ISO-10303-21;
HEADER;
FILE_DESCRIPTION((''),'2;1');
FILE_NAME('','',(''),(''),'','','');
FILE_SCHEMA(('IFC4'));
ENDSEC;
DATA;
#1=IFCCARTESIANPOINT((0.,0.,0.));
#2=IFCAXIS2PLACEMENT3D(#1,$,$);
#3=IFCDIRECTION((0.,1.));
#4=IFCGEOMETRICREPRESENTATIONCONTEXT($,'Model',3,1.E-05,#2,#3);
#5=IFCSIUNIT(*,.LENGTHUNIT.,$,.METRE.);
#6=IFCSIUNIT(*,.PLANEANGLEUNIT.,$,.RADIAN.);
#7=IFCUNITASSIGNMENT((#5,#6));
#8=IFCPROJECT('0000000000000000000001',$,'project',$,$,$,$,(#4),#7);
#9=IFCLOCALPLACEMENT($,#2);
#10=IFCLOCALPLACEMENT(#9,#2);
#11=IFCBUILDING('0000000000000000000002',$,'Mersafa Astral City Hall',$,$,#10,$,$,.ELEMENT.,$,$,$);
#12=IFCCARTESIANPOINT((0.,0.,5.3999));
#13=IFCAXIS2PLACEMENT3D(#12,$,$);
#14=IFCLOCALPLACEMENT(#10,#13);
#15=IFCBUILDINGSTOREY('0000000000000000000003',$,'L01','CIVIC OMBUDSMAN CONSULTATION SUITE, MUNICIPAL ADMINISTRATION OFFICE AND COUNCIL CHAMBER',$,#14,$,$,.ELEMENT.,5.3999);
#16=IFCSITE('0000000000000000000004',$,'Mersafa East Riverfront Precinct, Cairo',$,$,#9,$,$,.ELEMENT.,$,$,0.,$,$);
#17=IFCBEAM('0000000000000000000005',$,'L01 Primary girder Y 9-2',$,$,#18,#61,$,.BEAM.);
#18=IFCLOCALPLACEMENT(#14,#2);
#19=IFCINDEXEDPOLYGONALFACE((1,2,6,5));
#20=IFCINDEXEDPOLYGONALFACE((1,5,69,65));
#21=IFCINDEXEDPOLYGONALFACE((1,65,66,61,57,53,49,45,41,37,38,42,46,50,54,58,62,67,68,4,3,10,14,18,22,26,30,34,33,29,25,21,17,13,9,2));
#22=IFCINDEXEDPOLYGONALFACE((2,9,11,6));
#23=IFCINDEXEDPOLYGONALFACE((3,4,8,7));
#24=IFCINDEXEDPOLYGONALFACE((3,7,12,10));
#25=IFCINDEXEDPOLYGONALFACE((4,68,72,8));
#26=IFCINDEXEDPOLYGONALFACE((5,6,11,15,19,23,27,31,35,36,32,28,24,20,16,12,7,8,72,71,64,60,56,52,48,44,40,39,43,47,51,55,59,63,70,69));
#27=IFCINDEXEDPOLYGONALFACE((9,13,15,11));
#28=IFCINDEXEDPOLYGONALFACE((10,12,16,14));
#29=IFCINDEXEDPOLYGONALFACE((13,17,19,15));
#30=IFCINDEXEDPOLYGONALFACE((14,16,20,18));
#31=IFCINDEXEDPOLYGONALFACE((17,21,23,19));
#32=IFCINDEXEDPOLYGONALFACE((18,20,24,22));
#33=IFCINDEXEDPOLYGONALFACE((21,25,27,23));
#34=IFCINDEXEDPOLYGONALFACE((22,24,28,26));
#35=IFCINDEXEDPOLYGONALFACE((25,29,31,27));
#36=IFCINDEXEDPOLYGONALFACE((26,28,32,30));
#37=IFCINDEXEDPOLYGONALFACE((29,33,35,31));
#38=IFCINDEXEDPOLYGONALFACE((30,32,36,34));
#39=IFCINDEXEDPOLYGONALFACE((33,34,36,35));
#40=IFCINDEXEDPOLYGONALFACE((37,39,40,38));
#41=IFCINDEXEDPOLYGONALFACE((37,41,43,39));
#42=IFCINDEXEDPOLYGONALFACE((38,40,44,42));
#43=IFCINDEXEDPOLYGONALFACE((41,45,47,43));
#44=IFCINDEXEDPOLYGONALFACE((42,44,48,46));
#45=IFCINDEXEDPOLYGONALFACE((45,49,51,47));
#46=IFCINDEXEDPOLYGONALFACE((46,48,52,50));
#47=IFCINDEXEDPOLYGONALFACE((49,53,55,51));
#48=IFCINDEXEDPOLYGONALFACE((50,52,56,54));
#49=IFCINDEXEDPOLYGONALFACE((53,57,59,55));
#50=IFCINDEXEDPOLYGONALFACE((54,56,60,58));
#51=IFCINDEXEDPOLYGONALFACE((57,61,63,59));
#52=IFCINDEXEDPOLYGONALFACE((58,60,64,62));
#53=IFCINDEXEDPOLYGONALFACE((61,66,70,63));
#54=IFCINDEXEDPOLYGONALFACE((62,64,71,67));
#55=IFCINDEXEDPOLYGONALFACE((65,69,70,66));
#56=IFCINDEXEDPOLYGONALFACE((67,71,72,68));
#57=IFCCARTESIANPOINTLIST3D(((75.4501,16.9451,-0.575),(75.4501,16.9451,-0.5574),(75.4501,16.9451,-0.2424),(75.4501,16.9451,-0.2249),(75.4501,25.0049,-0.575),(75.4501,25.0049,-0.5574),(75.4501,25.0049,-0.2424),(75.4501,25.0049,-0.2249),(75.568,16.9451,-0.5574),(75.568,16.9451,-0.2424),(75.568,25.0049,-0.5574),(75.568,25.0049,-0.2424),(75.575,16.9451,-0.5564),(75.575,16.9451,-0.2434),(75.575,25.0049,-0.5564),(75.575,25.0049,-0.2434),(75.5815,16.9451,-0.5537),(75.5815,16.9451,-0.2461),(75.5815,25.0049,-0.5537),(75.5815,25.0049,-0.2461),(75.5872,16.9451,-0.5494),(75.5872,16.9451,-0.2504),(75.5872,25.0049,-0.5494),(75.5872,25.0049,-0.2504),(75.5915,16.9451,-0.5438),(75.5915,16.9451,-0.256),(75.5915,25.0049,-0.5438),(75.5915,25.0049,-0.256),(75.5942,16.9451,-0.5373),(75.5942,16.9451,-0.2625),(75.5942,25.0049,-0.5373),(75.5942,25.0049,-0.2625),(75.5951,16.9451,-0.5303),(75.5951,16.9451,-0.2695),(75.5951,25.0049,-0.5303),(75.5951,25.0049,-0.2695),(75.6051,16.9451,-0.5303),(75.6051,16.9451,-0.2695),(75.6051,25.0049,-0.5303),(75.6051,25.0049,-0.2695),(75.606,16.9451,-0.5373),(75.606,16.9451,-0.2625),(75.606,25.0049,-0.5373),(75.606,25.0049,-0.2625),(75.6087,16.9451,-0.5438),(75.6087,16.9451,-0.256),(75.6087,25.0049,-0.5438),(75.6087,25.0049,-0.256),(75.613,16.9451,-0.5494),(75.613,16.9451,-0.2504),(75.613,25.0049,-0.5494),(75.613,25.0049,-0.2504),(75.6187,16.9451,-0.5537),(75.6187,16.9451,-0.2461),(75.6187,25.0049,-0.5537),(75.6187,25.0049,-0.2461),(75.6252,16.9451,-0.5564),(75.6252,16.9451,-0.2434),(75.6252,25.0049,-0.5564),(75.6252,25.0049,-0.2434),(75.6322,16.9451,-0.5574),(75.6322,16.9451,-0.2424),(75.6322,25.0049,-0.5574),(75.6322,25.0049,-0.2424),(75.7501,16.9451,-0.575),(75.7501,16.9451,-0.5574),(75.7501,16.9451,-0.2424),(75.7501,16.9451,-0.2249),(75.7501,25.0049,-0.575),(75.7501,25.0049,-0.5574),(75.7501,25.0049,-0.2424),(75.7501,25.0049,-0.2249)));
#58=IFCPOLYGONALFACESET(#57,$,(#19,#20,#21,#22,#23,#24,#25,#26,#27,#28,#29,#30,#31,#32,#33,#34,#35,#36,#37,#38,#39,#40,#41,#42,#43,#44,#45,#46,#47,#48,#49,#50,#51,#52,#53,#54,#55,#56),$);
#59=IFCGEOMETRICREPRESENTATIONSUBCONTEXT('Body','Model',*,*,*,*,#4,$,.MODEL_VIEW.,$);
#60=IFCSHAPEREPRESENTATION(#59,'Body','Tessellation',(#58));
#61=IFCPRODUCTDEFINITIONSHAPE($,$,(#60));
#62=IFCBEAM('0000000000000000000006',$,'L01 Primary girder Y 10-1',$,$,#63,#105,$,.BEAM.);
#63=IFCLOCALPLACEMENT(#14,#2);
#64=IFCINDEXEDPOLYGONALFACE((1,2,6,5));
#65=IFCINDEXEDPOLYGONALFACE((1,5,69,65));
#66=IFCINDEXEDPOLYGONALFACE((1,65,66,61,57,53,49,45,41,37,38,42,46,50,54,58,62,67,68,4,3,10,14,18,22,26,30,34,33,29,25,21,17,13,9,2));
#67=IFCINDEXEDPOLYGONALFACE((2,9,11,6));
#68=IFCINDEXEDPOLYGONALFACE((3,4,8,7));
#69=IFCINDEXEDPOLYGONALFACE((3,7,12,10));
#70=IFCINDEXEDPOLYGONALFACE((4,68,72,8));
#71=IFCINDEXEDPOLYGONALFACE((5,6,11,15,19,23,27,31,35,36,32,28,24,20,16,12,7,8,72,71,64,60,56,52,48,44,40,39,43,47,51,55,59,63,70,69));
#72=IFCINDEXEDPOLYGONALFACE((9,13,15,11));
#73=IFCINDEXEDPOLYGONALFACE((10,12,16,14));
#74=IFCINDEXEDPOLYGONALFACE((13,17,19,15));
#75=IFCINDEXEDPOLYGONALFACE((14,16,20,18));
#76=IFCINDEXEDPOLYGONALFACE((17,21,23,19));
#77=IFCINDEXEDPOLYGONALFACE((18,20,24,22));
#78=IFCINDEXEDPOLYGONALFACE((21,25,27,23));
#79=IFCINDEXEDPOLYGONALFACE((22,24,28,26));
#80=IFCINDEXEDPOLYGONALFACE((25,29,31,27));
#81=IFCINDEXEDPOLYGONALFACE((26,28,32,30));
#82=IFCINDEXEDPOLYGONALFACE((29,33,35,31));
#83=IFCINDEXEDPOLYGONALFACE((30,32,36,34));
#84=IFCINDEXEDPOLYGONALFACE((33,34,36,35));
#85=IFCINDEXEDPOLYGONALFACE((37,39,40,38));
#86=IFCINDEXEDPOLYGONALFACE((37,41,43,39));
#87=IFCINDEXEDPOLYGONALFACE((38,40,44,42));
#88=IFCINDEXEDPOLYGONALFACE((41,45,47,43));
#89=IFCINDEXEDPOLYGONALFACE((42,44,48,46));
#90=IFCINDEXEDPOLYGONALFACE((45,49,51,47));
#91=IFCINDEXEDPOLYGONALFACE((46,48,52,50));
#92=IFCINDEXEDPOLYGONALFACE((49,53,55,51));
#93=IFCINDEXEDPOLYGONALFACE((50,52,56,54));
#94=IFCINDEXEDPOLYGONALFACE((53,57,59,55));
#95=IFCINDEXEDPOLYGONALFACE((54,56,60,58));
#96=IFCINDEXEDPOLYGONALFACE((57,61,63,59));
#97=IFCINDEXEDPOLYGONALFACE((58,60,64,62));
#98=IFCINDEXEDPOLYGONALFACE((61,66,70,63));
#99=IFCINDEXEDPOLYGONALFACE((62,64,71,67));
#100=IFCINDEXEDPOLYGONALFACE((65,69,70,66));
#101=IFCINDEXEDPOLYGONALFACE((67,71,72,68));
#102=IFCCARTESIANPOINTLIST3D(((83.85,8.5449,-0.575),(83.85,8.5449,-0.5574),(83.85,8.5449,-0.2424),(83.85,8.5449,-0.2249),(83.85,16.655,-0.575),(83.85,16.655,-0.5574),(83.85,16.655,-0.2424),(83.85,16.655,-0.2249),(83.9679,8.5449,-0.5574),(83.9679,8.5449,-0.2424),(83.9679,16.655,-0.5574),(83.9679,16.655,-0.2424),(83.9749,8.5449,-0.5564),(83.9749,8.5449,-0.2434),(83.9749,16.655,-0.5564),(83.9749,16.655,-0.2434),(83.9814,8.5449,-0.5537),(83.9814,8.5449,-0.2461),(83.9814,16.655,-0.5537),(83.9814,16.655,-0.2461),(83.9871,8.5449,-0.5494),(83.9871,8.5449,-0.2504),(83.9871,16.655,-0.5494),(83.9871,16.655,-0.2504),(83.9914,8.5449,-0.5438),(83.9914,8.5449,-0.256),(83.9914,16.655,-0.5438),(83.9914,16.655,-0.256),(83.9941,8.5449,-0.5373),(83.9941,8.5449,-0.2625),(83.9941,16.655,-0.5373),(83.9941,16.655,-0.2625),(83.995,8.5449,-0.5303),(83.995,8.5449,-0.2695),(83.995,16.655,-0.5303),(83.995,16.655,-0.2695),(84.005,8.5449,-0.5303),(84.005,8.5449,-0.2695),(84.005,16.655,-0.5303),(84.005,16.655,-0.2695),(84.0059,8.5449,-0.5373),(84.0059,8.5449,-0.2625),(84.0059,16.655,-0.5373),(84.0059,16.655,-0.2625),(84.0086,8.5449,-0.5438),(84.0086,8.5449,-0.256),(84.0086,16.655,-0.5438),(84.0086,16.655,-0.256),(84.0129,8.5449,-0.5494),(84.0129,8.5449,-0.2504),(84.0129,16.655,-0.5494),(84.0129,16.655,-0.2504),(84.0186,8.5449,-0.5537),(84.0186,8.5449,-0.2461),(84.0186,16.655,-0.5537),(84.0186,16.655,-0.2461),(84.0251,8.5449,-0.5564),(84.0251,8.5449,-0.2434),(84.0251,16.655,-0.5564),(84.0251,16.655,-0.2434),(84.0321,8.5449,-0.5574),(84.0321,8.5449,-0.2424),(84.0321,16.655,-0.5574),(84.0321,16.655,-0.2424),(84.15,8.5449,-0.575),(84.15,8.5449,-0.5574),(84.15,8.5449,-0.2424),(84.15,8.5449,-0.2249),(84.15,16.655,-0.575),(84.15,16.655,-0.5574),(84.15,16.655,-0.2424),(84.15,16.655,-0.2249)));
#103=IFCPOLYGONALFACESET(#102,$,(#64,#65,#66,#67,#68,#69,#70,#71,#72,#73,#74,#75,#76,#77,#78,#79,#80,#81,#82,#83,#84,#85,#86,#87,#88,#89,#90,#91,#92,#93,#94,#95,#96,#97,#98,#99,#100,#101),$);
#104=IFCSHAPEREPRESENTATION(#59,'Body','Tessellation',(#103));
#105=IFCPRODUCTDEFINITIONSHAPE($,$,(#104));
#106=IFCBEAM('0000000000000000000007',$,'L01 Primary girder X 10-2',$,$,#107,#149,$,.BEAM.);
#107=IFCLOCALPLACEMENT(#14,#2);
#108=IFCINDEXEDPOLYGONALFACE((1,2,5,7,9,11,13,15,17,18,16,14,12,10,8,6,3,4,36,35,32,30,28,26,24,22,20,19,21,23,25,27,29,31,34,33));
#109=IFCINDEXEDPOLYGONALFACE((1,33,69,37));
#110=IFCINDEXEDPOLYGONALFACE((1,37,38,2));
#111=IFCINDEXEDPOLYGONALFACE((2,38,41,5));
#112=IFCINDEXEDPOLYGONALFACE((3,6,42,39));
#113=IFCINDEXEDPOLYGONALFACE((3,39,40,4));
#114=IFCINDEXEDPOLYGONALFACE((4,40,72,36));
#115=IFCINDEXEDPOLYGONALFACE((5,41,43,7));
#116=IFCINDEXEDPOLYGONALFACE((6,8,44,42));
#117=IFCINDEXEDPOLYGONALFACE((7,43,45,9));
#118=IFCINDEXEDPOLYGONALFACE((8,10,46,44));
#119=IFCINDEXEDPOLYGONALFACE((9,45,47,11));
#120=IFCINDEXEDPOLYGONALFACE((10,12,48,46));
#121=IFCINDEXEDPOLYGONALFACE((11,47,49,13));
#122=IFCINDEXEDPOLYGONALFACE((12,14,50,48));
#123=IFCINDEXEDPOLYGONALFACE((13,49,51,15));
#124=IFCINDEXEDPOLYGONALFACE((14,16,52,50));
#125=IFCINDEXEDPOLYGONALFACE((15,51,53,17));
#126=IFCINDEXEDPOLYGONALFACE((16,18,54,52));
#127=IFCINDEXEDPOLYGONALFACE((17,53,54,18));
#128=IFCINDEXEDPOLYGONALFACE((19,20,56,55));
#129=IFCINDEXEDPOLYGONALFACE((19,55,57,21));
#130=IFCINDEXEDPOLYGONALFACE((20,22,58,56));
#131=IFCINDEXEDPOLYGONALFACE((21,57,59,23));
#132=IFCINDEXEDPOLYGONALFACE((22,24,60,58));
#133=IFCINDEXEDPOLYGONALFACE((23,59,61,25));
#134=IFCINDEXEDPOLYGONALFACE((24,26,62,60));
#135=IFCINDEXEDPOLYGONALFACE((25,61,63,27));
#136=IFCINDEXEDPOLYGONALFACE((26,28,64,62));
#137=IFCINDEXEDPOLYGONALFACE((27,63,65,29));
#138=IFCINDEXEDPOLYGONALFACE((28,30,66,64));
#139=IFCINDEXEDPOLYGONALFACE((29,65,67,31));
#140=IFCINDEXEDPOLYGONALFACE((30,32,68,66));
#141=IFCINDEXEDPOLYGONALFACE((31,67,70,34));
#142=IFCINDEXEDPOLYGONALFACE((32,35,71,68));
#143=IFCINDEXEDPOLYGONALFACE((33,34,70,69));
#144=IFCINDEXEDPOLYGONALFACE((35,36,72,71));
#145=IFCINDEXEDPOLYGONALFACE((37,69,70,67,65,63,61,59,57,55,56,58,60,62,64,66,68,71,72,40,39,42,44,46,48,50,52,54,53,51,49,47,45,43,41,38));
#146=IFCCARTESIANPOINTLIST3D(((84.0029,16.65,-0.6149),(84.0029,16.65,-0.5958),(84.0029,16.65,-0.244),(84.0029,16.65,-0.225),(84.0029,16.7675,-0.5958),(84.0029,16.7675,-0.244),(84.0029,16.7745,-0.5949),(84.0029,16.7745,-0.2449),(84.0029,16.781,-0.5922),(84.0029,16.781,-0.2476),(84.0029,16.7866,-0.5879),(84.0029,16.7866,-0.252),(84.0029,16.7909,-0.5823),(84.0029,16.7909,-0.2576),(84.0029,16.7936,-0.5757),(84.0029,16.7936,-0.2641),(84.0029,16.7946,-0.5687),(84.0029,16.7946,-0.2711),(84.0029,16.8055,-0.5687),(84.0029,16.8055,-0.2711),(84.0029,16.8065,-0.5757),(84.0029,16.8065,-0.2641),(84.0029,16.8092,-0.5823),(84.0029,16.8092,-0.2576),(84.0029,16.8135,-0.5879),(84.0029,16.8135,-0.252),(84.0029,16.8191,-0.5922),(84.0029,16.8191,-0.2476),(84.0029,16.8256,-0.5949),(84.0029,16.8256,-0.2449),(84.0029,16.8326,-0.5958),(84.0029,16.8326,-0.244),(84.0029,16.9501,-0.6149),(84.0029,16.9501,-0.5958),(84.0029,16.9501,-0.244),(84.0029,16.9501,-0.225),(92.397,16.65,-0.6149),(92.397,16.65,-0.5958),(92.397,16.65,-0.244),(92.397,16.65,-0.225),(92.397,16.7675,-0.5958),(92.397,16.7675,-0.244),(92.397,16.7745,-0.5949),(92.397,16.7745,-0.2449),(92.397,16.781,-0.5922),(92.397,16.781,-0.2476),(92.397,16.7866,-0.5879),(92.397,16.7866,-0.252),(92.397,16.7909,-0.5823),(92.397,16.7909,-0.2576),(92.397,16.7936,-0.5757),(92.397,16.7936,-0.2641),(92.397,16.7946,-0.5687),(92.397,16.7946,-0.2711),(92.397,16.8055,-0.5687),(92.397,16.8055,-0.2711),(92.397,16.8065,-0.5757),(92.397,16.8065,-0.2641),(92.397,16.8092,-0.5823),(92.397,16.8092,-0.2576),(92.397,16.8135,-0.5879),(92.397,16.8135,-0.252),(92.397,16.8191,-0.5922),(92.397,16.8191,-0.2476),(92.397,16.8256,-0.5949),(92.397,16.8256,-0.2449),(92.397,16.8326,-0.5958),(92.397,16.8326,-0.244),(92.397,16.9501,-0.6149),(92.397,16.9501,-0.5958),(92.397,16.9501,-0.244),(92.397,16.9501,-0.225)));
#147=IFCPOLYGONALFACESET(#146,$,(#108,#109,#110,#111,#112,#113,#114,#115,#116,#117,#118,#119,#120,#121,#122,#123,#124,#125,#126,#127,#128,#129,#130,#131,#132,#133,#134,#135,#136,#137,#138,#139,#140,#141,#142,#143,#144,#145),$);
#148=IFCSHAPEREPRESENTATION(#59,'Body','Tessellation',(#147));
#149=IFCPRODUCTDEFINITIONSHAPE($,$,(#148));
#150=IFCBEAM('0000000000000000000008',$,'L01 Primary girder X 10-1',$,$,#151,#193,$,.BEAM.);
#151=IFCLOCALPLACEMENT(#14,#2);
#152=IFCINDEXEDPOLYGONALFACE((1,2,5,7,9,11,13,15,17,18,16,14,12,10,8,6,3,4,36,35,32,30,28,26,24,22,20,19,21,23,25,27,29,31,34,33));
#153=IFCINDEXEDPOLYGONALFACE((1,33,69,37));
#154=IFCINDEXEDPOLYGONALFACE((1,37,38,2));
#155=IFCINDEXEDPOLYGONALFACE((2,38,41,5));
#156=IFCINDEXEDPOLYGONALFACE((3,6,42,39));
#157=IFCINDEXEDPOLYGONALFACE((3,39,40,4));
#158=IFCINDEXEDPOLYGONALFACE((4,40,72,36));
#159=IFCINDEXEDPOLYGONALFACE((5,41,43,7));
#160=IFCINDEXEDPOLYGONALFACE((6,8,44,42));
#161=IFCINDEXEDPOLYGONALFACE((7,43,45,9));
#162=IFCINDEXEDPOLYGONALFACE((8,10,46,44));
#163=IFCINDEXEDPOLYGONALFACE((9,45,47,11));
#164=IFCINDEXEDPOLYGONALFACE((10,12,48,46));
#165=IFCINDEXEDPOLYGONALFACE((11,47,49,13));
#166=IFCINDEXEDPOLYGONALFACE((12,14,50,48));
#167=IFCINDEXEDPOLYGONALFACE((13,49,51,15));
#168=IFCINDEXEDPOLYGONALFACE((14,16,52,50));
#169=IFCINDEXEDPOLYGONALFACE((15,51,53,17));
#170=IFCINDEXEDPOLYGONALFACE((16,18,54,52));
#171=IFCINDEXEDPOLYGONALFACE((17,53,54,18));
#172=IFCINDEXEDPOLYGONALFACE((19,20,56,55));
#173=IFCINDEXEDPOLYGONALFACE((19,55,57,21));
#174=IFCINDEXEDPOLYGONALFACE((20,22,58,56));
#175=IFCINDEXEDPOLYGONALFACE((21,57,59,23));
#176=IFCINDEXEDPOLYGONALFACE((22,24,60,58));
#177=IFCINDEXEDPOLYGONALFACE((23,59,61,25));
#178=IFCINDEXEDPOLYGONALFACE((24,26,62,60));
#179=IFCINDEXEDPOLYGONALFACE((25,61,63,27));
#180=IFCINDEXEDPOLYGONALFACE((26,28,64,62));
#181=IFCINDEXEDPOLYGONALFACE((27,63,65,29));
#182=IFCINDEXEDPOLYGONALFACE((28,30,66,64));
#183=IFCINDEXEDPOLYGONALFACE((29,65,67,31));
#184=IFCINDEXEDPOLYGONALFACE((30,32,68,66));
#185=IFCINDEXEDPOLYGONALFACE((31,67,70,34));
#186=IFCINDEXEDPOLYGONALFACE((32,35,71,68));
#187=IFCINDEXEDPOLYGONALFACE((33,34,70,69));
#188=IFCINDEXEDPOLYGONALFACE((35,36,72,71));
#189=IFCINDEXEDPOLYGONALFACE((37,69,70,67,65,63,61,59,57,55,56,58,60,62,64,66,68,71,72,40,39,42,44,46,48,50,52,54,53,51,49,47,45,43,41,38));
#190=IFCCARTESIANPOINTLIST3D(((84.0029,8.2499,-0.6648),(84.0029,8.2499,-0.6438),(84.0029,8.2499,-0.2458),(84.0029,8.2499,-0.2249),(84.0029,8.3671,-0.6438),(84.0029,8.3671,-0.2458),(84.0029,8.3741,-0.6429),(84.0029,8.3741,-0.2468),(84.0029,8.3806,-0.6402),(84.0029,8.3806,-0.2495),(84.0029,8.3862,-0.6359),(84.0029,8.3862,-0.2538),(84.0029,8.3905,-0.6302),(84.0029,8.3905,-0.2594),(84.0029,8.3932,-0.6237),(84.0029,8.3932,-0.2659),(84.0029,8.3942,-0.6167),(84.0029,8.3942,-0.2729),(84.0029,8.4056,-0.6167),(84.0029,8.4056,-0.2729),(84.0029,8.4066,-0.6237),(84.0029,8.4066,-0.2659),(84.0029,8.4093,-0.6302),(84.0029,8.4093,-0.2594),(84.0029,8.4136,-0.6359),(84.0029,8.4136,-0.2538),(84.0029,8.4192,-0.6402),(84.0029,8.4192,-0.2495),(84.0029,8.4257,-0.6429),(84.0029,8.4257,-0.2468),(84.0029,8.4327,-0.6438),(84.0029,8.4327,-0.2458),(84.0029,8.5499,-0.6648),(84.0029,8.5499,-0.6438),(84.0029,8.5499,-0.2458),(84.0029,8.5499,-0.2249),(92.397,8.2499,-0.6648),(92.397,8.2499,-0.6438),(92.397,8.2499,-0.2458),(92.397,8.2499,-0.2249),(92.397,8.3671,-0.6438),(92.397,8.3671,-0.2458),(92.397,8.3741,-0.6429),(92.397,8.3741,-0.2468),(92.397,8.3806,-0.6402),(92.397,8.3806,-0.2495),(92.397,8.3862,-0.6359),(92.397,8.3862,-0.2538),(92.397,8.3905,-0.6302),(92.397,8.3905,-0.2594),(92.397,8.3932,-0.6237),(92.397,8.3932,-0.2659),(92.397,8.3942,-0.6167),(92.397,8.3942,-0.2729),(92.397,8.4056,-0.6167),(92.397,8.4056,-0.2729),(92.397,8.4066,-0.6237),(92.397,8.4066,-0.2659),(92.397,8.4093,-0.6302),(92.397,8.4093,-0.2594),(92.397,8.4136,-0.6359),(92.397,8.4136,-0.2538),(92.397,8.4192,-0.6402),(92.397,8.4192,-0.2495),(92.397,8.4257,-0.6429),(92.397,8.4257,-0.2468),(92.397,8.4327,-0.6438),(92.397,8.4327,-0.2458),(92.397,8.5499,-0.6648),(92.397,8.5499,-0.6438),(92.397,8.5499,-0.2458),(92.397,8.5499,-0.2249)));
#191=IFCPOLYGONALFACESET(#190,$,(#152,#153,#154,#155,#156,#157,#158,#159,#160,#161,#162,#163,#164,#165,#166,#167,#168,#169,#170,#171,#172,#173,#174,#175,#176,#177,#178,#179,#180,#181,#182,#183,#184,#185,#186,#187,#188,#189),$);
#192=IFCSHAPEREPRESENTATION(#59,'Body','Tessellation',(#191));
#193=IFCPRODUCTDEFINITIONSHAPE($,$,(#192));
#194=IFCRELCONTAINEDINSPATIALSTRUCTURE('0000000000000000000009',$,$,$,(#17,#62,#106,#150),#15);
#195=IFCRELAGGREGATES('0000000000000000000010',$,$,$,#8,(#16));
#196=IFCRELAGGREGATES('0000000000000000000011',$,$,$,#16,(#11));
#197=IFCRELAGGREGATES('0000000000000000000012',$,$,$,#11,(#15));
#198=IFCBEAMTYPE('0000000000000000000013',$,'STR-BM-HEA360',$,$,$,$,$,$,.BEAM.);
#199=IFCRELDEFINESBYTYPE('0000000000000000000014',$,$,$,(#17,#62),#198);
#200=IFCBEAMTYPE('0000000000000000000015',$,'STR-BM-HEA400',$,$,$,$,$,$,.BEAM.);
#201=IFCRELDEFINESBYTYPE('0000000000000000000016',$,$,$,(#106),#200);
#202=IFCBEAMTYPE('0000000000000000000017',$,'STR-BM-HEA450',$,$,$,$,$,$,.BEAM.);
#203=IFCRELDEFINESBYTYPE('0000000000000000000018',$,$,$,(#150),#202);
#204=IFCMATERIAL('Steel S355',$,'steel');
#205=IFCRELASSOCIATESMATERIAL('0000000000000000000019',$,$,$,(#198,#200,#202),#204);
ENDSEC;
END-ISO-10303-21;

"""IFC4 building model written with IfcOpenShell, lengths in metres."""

from ifc_helpers import new_model, si_unit, direction, frame, origin, origin_2d, place, context, subcontext, project, spatial, i_section, extrude, material, material_profile, profile_set, type_object, element, save


model = new_model("IFC4")

# Units and contexts
model_context = context("Model", 3, precision=1e-05, world=origin(), true_north=direction((0.0, 1.0)))
body_context = subcontext(model_context, "Body", "Model", "MODEL_VIEW")
ifc_project = project(units=[si_unit("LENGTHUNIT", "METRE"), si_unit("PLANEANGLEUNIT", "RADIAN")], contexts=[model_context])

# Site, building, storey
site_placement = place(None, origin())
site = spatial("IfcSite", under=ifc_project, at=site_placement, Name="Mersafa East Riverfront Precinct, Cairo", CompositionType="ELEMENT", RefElevation=0.0)
building_placement = place(site_placement, origin())
building = spatial("IfcBuilding", under=site, at=building_placement, Name="Mersafa Astral City Hall", CompositionType="ELEMENT")
storey_placement = place(building_placement, frame((0.0, 0.0, 5.3999)))
storey = spatial("IfcBuildingStorey", under=building, at=storey_placement, Name="L01", Description="CIVIC OMBUDSMAN CONSULTATION SUITE, MUNICIPAL ADMINISTRATION OFFICE AND COUNCIL CHAMBER", CompositionType="ELEMENT", Elevation=5.3999)

# Shared definitions
ifc_material_1 = material(Name="Steel S355", Category="steel")

# Beams
ifc_material_profile_1 = material_profile(ifc_material_1, i_section(OverallWidth=0.3, OverallDepth=0.3501, WebThickness=0.01, FlangeThickness=0.0176, FilletRadius=0.0271, at=origin_2d()), Name="HEA 360")
ifc_profile_set_1 = profile_set([ifc_material_profile_1], Name="Steel S355")
beam_type_1 = type_object("IfcBeamType", Name="STR-BM-HEA360", PredefinedType="BEAM", material=ifc_profile_set_1)
beam_1_placement = place(storey_placement, frame((75.6001, 16.9451, -0.3999), z_axis=(0.0, 1.0, 0.0), x_axis=(-1.0, 0.0, 0.0)))
element("IfcBeam", 1, at=beam_1_placement, inside=storey, type_object=beam_type_1, Name="L01 Primary girder Y 9-2", PredefinedType="BEAM", context=body_context, shape_type="SweptSolid", body=[
    extrude(i_section(OverallWidth=0.3, OverallDepth=0.3501, WebThickness=0.01, FlangeThickness=0.0176, FilletRadius=0.0271, at=origin_2d()), origin(), (0.0, 0.0, 1.0), 8.0598),
])
beam_2_placement = place(storey_placement, frame((84.0, 8.5449, -0.3999), z_axis=(0.0, 1.0, 0.0), x_axis=(-1.0, 0.0, 0.0)))
element("IfcBeam", 2, at=beam_2_placement, inside=storey, type_object=beam_type_1, Name="L01 Primary girder Y 10-1", PredefinedType="BEAM", context=body_context, shape_type="SweptSolid", body=[
    extrude(i_section(OverallWidth=0.3, OverallDepth=0.3501, WebThickness=0.01, FlangeThickness=0.0176, FilletRadius=0.0271, at=origin_2d()), origin(), (0.0, 0.0, 1.0), 8.1101),
])
ifc_material_profile_2 = material_profile(ifc_material_1, i_section(OverallWidth=0.3, OverallDepth=0.3899, WebThickness=0.011, FlangeThickness=0.019, FilletRadius=0.0271, at=origin_2d()), Name="HEA 400")
ifc_profile_set_2 = profile_set([ifc_material_profile_2], Name="Steel S355")
beam_type_2 = type_object("IfcBeamType", Name="STR-BM-HEA400", PredefinedType="BEAM", material=ifc_profile_set_2)
beam_3_placement = place(storey_placement, frame((84.0029, 16.8, -0.4199), z_axis=(1.0, 0.0, 0.0), x_axis=(0.0, 1.0, 0.0)))
element("IfcBeam", 3, at=beam_3_placement, inside=storey, type_object=beam_type_2, Name="L01 Primary girder X 10-2", PredefinedType="BEAM", context=body_context, shape_type="SweptSolid", body=[
    extrude(i_section(OverallWidth=0.3, OverallDepth=0.3899, WebThickness=0.011, FlangeThickness=0.019, FilletRadius=0.0271, at=origin_2d()), origin(), (0.0, 0.0, 1.0), 8.394),
])
ifc_material_profile_3 = material_profile(ifc_material_1, i_section(OverallWidth=0.3, OverallDepth=0.4399, WebThickness=0.0115, FlangeThickness=0.021, FilletRadius=0.0271, at=origin_2d()), Name="HEA 450")
ifc_profile_set_3 = profile_set([ifc_material_profile_3], Name="Steel S355")
beam_type_3 = type_object("IfcBeamType", Name="STR-BM-HEA450", PredefinedType="BEAM", material=ifc_profile_set_3)
for number, where, z_axis, x_axis, name in (
    (4, (84.0029, 8.3999, -0.4448), (1.0, 0.0, 0.0), (0.0, 1.0, 0.0), "L01 Primary girder X 10-1"),
):
    element("IfcBeam", number, at=place(storey_placement, frame(where, z_axis=z_axis, x_axis=x_axis)), inside=storey, type_object=beam_type_3, Name=name, PredefinedType="BEAM", context=body_context, shape_type="SweptSolid", body=[
        extrude(i_section(OverallWidth=0.3, OverallDepth=0.4399, WebThickness=0.0115, FlangeThickness=0.021, FilletRadius=0.0271, at=origin_2d()), origin(), (0.0, 0.0, 1.0), 8.394),
    ])

save(model, "model.ifc")
